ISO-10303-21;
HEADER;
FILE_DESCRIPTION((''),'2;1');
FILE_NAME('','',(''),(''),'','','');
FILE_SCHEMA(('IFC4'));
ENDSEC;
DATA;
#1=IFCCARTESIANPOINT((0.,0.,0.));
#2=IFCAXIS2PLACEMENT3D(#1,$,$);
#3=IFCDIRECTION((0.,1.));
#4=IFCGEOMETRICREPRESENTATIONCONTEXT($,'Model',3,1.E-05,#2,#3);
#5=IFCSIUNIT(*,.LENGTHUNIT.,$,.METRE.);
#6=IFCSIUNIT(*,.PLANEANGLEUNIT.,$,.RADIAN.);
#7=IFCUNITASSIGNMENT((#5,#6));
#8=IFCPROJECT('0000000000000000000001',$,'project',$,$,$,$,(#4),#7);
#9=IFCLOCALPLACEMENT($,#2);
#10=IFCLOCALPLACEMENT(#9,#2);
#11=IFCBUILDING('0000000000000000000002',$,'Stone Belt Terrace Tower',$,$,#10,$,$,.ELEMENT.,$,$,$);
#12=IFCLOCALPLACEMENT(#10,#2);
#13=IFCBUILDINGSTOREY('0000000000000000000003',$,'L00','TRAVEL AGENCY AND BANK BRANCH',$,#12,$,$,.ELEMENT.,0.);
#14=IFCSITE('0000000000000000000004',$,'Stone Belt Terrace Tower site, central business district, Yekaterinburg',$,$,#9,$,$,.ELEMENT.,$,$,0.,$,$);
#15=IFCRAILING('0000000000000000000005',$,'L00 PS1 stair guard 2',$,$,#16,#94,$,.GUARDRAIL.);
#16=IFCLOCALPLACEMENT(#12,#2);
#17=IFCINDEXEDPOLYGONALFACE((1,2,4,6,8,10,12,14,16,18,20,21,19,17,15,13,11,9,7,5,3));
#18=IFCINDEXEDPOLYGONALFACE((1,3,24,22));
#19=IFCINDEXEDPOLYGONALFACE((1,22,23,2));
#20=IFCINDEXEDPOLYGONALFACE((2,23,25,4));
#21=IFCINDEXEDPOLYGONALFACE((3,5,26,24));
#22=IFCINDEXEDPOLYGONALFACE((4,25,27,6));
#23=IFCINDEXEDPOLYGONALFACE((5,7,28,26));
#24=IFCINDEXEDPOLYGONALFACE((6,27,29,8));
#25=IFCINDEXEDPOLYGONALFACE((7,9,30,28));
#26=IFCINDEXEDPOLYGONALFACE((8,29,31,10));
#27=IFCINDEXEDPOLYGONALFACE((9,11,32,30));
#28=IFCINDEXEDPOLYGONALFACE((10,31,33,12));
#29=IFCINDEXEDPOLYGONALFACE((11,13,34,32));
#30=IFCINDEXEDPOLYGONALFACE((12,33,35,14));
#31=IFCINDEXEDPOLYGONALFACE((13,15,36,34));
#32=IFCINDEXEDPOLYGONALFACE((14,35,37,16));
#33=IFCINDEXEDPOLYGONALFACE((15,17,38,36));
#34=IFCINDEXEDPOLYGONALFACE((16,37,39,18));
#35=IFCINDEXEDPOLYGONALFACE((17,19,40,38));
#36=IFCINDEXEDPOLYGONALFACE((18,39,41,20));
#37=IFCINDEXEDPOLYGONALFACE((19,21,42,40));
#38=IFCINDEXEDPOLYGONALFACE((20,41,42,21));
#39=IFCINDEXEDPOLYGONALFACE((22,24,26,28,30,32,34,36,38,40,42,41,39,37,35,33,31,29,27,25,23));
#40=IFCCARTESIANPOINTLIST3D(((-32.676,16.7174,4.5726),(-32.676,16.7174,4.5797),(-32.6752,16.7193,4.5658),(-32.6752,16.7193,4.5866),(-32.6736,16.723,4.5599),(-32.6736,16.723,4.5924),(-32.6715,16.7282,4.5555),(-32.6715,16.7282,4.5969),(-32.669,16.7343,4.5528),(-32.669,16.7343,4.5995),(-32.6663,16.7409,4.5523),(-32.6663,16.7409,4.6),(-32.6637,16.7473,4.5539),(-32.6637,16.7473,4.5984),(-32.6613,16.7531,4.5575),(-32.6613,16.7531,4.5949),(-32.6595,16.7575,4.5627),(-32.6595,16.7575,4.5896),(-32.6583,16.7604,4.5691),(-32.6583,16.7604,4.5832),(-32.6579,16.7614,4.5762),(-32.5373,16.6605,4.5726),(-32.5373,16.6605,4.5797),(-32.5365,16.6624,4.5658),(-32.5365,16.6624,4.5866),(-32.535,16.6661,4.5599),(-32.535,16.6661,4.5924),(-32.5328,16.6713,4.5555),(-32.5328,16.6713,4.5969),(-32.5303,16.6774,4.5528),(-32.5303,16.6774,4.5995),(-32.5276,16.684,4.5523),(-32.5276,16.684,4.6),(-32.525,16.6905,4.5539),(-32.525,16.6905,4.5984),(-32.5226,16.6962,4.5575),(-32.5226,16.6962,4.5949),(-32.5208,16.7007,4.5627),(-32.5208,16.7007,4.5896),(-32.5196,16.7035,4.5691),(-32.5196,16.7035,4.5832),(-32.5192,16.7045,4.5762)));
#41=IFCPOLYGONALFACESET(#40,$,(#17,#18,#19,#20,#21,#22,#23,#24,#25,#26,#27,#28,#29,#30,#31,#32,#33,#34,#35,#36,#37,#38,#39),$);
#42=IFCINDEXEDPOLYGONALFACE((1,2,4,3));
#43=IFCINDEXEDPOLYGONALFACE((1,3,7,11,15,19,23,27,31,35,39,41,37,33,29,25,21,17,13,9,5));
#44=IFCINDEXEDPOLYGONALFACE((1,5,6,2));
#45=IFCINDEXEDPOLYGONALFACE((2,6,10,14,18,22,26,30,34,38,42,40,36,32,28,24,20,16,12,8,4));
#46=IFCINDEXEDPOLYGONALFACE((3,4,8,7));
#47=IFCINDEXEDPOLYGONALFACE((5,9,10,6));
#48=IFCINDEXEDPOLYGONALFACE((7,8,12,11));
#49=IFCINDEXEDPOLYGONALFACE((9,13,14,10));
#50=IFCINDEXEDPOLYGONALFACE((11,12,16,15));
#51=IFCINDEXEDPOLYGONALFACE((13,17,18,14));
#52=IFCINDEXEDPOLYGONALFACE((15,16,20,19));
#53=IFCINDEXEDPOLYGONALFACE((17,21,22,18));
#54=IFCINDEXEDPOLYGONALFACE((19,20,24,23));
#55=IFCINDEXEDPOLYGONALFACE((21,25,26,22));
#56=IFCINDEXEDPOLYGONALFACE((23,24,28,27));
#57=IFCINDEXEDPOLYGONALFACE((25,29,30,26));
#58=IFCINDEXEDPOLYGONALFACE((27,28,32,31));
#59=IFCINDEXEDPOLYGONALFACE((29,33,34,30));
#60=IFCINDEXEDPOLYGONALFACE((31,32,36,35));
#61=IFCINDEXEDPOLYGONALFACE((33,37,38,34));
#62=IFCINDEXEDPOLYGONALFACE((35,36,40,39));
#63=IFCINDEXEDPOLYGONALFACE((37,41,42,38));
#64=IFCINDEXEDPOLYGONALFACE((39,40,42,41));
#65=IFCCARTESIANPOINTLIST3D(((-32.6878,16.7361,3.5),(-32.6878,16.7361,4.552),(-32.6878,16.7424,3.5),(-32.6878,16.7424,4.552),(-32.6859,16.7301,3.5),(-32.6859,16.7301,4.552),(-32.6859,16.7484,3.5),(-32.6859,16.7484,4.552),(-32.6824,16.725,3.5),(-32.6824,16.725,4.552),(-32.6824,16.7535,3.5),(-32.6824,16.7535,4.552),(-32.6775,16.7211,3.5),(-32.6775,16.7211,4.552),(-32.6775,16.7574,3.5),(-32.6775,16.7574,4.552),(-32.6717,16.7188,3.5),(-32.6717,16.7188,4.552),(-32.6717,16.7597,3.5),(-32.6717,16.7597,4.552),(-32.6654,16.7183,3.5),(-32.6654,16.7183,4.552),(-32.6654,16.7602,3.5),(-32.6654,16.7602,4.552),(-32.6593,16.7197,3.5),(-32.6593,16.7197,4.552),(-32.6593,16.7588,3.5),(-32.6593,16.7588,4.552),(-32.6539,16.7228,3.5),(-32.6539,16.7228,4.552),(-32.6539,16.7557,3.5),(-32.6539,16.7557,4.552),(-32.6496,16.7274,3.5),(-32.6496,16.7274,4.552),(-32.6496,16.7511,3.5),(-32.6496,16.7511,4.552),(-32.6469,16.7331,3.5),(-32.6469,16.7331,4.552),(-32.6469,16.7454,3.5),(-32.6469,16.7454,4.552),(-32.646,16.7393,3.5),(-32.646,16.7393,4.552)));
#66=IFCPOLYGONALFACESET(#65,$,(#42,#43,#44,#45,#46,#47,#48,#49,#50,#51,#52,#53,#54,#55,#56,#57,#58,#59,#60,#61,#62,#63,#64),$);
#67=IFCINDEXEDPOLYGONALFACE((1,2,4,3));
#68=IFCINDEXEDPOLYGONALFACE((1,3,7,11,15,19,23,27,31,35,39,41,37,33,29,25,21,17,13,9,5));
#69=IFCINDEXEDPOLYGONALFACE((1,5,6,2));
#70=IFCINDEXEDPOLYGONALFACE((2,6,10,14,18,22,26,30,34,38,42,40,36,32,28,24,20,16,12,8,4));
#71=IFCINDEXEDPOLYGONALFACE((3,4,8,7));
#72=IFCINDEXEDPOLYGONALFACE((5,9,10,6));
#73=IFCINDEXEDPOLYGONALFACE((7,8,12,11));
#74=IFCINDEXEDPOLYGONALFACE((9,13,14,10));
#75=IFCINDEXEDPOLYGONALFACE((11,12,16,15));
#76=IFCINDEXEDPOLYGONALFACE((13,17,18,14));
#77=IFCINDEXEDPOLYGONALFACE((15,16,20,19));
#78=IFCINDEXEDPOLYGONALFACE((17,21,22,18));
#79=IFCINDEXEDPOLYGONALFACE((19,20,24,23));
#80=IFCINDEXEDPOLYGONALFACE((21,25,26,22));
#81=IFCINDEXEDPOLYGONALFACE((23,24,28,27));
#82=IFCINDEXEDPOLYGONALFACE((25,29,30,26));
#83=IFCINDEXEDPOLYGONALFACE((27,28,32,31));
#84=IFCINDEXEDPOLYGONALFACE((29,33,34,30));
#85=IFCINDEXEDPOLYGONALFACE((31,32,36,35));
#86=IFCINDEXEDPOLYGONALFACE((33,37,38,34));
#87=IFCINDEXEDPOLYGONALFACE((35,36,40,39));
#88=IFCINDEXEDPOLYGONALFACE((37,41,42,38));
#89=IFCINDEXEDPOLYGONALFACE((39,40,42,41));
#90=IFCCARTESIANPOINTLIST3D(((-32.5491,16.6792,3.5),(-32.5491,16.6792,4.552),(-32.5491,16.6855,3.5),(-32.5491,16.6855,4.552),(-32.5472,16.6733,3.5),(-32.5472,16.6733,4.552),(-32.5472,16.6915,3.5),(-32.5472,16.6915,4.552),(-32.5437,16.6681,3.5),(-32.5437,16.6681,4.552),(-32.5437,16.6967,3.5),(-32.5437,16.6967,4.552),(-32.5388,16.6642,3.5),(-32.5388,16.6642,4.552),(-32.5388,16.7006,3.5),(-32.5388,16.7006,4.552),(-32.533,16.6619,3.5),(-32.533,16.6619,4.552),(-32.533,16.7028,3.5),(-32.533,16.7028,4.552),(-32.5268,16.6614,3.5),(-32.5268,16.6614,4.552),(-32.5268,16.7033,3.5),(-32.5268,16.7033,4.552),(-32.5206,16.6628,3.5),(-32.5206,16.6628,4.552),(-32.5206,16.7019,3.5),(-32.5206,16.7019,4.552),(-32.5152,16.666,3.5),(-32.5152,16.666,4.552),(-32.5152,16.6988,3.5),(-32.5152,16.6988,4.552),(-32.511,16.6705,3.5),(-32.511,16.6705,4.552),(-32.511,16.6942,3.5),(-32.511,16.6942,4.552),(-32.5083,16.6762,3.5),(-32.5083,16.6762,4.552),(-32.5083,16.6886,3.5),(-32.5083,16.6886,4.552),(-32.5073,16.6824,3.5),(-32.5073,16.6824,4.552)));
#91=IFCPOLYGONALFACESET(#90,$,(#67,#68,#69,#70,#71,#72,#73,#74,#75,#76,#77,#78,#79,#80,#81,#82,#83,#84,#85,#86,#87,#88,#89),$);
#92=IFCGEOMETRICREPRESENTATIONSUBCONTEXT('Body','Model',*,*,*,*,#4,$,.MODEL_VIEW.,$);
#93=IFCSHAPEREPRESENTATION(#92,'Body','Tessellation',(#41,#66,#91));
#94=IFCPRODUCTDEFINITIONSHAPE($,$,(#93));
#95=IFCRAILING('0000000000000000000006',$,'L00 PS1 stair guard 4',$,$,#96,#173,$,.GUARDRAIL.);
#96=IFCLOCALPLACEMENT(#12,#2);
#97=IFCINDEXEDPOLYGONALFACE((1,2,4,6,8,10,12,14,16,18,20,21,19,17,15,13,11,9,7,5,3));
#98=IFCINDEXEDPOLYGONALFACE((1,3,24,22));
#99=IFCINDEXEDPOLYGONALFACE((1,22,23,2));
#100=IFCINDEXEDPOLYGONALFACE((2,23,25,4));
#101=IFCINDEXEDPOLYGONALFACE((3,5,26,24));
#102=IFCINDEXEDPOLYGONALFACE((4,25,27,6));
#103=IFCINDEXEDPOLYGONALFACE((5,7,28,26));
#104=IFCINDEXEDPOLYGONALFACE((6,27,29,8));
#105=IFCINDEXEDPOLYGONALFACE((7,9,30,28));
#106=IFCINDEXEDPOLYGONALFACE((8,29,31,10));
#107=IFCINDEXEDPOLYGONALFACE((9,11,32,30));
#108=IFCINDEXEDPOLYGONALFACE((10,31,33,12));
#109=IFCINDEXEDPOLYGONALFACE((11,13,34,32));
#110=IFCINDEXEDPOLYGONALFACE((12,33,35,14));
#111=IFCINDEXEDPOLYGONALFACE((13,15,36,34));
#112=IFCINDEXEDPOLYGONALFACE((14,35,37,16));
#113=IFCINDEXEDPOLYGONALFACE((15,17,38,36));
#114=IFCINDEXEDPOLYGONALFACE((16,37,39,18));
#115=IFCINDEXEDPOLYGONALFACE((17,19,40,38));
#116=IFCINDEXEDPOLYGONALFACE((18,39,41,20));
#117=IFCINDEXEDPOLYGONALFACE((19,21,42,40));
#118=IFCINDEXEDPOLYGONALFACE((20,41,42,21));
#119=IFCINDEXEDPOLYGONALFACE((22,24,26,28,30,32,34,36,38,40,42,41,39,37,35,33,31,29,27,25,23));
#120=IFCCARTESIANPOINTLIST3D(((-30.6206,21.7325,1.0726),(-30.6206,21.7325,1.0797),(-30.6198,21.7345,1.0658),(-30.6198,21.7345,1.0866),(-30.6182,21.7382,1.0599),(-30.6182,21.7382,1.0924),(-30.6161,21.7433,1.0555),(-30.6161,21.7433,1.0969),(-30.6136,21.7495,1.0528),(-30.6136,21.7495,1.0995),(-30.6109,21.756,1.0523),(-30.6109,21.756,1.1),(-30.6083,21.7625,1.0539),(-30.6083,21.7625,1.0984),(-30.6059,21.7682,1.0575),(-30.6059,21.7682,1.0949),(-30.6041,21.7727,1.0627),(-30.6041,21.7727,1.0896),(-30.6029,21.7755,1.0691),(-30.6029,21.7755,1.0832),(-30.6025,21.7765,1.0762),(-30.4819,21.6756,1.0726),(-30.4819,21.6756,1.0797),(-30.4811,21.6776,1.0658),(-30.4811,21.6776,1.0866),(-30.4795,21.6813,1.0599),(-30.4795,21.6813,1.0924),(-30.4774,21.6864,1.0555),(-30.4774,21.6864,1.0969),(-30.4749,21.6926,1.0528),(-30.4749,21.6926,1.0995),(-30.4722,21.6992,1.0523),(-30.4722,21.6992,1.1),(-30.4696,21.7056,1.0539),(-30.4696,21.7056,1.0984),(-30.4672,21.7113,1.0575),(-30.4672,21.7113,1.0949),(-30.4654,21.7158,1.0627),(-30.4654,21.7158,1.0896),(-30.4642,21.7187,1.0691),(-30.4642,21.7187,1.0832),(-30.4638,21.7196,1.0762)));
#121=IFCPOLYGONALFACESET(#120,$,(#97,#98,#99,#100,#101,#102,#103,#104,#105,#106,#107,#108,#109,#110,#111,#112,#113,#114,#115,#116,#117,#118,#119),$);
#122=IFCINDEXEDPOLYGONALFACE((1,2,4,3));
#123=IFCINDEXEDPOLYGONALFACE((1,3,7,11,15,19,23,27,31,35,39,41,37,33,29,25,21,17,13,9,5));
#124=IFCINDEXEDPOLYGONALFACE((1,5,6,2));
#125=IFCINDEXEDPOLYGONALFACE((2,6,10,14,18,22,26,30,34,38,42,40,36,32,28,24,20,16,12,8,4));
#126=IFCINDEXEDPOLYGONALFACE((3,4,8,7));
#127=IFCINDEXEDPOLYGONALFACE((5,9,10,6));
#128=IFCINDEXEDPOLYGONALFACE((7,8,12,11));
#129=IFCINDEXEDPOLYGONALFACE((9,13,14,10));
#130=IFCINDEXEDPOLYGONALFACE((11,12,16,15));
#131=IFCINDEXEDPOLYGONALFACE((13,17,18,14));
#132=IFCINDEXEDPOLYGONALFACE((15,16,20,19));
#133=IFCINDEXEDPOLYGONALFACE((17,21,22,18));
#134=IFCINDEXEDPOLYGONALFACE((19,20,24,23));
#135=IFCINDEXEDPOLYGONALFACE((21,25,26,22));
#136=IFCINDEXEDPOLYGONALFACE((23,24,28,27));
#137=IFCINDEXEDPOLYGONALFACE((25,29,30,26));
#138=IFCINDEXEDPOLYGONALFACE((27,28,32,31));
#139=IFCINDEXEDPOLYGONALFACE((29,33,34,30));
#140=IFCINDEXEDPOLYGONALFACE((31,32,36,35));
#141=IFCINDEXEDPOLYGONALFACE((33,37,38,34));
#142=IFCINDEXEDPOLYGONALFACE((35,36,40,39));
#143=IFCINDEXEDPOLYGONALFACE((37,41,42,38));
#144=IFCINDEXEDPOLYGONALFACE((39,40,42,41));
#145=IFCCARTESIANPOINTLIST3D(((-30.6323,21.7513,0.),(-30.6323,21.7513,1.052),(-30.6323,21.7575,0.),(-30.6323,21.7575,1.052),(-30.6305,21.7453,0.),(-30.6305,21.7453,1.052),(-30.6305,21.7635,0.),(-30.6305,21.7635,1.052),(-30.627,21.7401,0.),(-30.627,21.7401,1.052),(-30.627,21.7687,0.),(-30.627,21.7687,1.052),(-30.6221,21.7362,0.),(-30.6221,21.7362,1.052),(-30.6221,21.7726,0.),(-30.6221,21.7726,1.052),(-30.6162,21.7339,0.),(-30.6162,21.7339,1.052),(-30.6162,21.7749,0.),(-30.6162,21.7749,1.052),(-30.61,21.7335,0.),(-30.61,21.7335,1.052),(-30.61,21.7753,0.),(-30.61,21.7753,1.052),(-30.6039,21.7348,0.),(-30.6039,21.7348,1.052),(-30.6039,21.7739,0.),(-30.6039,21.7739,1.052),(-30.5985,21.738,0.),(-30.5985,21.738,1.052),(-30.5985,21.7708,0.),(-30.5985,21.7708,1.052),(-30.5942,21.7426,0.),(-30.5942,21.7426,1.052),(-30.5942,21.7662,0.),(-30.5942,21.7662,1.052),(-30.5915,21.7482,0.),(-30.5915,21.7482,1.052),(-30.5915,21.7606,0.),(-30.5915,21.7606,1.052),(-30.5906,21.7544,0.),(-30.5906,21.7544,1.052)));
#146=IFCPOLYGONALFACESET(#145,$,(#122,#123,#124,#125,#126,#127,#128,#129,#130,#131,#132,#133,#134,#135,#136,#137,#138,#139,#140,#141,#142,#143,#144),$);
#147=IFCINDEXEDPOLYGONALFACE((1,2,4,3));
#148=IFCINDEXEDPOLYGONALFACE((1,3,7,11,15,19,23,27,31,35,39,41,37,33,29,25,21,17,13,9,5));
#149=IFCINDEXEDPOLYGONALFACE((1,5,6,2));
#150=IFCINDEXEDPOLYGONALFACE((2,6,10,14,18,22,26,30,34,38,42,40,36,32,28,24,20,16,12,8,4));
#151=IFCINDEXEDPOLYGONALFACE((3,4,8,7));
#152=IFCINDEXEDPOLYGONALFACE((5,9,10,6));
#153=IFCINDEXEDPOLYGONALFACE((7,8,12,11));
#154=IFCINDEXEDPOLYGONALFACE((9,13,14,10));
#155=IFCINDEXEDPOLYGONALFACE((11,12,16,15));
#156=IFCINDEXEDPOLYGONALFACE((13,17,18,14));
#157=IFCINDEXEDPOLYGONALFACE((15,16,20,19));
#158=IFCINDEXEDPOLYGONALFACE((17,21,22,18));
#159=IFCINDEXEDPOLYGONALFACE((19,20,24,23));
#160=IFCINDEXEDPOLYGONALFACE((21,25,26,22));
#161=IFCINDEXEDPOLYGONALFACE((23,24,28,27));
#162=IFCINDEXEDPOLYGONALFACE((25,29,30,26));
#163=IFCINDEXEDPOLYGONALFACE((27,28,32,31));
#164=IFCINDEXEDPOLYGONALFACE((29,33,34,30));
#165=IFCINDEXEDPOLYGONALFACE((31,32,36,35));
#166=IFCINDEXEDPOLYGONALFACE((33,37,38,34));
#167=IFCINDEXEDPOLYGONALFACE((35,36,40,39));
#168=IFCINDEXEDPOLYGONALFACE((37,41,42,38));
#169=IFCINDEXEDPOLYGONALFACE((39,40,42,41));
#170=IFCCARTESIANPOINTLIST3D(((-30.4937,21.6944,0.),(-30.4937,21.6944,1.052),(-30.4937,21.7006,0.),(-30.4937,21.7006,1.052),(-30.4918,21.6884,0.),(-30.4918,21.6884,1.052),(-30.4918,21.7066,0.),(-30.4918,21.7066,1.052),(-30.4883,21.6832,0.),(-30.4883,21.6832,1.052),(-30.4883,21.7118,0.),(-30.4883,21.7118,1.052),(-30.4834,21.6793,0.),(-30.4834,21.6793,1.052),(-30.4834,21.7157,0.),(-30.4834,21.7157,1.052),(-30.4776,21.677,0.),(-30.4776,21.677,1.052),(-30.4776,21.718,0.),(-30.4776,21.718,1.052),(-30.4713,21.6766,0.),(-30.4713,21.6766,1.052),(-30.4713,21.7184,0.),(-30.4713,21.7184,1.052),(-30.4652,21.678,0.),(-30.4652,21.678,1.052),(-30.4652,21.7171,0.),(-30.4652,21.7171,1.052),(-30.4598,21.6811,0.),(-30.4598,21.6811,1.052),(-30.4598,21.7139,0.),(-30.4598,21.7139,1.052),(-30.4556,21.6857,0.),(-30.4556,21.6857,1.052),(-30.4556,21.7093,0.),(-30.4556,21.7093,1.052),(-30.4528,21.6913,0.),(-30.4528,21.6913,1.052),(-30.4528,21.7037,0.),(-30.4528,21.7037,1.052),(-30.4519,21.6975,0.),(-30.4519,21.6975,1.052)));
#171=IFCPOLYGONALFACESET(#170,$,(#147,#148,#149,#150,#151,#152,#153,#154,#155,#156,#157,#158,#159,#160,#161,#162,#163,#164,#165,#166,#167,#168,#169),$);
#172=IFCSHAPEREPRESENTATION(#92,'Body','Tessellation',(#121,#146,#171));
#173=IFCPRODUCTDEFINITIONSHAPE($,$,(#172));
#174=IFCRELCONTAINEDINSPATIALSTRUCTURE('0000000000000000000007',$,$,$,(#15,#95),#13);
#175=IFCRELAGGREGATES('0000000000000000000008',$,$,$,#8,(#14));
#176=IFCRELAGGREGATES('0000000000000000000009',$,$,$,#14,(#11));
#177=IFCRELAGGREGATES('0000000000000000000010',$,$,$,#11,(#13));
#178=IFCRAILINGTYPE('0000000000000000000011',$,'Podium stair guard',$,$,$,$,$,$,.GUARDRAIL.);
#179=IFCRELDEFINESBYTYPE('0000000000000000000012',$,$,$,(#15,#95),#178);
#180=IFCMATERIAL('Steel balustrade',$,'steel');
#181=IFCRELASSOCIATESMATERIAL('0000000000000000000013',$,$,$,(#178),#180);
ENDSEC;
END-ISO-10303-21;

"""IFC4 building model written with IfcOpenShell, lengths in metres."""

from ifc_helpers import new_model, si_unit, direction, frame, origin, origin_2d, place, context, subcontext, project, spatial, circle, extrude, material, type_object, element, save


model = new_model("IFC4")

# Units and contexts
model_context = context("Model", 3, precision=1e-05, world=origin(), true_north=direction((0.0, 1.0)))
body_context = subcontext(model_context, "Body", "Model", "MODEL_VIEW")
ifc_project = project(units=[si_unit("LENGTHUNIT", "METRE"), si_unit("PLANEANGLEUNIT", "RADIAN")], contexts=[model_context])

# Site, building, storey
site_placement = place(None, origin())
site = spatial("IfcSite", under=ifc_project, at=site_placement, Name="Stone Belt Terrace Tower site, central business district, Yekaterinburg", CompositionType="ELEMENT", RefElevation=0.0)
building_placement = place(site_placement, origin())
building = spatial("IfcBuilding", under=site, at=building_placement, Name="Stone Belt Terrace Tower", CompositionType="ELEMENT")
storey_placement = place(building_placement, origin())
storey = spatial("IfcBuildingStorey", under=building, at=storey_placement, Name="L00", Description="TRAVEL AGENCY AND BANK BRANCH", CompositionType="ELEMENT", Elevation=0.0)

# Railings
ifc_material_1 = material(Name="Steel balustrade", Category="steel")
railing_type_1 = type_object("IfcRailingType", Name="Podium stair guard", PredefinedType="GUARDRAIL", material=ifc_material_1)
railing_1_placement = place(storey_placement, frame((-32.667, 16.7393, 3.5)))
element("IfcRailing", 1, at=railing_1_placement, inside=storey, type_object=railing_type_1, Name="L00 PS1 stair guard 2", PredefinedType="GUARDRAIL", context=body_context, shape_type="SweptSolid", body=[
    extrude(circle(Radius=0.0239, at=origin_2d()), frame((0.0, 0.0, 1.0762), z_axis=(0.925183, -0.379521, 0.0), x_axis=(0.379521, 0.925183, 0.0)), (0.0, 0.0, 1.0), 0.1499),
    extrude(circle(Radius=0.021, at=origin_2d()), origin(), (0.0, 0.0, 1.0), 1.052),
    extrude(circle(Radius=0.021, at=origin_2d()), frame((0.1387, -0.0569, 0.0)), (0.0, 0.0, 1.0), 1.052),
])
railing_2_placement = place(storey_placement, frame((-30.6116, 21.7544, 0.0)))
element("IfcRailing", 2, at=railing_2_placement, inside=storey, type_object=railing_type_1, Name="L00 PS1 stair guard 4", PredefinedType="GUARDRAIL", context=body_context, shape_type="SweptSolid", body=[
    extrude(circle(Radius=0.0239, at=origin_2d()), frame((0.0, 0.0, 1.0762), z_axis=(0.925183, -0.379521, 0.0), x_axis=(0.379521, 0.925183, 0.0)), (0.0, 0.0, 1.0), 0.1499),
    extrude(circle(Radius=0.021, at=origin_2d()), origin(), (0.0, 0.0, 1.0), 1.052),
    extrude(circle(Radius=0.021, at=origin_2d()), frame((0.1387, -0.0569, 0.0)), (0.0, 0.0, 1.0), 1.052),
])

save(model, "model.ifc")
